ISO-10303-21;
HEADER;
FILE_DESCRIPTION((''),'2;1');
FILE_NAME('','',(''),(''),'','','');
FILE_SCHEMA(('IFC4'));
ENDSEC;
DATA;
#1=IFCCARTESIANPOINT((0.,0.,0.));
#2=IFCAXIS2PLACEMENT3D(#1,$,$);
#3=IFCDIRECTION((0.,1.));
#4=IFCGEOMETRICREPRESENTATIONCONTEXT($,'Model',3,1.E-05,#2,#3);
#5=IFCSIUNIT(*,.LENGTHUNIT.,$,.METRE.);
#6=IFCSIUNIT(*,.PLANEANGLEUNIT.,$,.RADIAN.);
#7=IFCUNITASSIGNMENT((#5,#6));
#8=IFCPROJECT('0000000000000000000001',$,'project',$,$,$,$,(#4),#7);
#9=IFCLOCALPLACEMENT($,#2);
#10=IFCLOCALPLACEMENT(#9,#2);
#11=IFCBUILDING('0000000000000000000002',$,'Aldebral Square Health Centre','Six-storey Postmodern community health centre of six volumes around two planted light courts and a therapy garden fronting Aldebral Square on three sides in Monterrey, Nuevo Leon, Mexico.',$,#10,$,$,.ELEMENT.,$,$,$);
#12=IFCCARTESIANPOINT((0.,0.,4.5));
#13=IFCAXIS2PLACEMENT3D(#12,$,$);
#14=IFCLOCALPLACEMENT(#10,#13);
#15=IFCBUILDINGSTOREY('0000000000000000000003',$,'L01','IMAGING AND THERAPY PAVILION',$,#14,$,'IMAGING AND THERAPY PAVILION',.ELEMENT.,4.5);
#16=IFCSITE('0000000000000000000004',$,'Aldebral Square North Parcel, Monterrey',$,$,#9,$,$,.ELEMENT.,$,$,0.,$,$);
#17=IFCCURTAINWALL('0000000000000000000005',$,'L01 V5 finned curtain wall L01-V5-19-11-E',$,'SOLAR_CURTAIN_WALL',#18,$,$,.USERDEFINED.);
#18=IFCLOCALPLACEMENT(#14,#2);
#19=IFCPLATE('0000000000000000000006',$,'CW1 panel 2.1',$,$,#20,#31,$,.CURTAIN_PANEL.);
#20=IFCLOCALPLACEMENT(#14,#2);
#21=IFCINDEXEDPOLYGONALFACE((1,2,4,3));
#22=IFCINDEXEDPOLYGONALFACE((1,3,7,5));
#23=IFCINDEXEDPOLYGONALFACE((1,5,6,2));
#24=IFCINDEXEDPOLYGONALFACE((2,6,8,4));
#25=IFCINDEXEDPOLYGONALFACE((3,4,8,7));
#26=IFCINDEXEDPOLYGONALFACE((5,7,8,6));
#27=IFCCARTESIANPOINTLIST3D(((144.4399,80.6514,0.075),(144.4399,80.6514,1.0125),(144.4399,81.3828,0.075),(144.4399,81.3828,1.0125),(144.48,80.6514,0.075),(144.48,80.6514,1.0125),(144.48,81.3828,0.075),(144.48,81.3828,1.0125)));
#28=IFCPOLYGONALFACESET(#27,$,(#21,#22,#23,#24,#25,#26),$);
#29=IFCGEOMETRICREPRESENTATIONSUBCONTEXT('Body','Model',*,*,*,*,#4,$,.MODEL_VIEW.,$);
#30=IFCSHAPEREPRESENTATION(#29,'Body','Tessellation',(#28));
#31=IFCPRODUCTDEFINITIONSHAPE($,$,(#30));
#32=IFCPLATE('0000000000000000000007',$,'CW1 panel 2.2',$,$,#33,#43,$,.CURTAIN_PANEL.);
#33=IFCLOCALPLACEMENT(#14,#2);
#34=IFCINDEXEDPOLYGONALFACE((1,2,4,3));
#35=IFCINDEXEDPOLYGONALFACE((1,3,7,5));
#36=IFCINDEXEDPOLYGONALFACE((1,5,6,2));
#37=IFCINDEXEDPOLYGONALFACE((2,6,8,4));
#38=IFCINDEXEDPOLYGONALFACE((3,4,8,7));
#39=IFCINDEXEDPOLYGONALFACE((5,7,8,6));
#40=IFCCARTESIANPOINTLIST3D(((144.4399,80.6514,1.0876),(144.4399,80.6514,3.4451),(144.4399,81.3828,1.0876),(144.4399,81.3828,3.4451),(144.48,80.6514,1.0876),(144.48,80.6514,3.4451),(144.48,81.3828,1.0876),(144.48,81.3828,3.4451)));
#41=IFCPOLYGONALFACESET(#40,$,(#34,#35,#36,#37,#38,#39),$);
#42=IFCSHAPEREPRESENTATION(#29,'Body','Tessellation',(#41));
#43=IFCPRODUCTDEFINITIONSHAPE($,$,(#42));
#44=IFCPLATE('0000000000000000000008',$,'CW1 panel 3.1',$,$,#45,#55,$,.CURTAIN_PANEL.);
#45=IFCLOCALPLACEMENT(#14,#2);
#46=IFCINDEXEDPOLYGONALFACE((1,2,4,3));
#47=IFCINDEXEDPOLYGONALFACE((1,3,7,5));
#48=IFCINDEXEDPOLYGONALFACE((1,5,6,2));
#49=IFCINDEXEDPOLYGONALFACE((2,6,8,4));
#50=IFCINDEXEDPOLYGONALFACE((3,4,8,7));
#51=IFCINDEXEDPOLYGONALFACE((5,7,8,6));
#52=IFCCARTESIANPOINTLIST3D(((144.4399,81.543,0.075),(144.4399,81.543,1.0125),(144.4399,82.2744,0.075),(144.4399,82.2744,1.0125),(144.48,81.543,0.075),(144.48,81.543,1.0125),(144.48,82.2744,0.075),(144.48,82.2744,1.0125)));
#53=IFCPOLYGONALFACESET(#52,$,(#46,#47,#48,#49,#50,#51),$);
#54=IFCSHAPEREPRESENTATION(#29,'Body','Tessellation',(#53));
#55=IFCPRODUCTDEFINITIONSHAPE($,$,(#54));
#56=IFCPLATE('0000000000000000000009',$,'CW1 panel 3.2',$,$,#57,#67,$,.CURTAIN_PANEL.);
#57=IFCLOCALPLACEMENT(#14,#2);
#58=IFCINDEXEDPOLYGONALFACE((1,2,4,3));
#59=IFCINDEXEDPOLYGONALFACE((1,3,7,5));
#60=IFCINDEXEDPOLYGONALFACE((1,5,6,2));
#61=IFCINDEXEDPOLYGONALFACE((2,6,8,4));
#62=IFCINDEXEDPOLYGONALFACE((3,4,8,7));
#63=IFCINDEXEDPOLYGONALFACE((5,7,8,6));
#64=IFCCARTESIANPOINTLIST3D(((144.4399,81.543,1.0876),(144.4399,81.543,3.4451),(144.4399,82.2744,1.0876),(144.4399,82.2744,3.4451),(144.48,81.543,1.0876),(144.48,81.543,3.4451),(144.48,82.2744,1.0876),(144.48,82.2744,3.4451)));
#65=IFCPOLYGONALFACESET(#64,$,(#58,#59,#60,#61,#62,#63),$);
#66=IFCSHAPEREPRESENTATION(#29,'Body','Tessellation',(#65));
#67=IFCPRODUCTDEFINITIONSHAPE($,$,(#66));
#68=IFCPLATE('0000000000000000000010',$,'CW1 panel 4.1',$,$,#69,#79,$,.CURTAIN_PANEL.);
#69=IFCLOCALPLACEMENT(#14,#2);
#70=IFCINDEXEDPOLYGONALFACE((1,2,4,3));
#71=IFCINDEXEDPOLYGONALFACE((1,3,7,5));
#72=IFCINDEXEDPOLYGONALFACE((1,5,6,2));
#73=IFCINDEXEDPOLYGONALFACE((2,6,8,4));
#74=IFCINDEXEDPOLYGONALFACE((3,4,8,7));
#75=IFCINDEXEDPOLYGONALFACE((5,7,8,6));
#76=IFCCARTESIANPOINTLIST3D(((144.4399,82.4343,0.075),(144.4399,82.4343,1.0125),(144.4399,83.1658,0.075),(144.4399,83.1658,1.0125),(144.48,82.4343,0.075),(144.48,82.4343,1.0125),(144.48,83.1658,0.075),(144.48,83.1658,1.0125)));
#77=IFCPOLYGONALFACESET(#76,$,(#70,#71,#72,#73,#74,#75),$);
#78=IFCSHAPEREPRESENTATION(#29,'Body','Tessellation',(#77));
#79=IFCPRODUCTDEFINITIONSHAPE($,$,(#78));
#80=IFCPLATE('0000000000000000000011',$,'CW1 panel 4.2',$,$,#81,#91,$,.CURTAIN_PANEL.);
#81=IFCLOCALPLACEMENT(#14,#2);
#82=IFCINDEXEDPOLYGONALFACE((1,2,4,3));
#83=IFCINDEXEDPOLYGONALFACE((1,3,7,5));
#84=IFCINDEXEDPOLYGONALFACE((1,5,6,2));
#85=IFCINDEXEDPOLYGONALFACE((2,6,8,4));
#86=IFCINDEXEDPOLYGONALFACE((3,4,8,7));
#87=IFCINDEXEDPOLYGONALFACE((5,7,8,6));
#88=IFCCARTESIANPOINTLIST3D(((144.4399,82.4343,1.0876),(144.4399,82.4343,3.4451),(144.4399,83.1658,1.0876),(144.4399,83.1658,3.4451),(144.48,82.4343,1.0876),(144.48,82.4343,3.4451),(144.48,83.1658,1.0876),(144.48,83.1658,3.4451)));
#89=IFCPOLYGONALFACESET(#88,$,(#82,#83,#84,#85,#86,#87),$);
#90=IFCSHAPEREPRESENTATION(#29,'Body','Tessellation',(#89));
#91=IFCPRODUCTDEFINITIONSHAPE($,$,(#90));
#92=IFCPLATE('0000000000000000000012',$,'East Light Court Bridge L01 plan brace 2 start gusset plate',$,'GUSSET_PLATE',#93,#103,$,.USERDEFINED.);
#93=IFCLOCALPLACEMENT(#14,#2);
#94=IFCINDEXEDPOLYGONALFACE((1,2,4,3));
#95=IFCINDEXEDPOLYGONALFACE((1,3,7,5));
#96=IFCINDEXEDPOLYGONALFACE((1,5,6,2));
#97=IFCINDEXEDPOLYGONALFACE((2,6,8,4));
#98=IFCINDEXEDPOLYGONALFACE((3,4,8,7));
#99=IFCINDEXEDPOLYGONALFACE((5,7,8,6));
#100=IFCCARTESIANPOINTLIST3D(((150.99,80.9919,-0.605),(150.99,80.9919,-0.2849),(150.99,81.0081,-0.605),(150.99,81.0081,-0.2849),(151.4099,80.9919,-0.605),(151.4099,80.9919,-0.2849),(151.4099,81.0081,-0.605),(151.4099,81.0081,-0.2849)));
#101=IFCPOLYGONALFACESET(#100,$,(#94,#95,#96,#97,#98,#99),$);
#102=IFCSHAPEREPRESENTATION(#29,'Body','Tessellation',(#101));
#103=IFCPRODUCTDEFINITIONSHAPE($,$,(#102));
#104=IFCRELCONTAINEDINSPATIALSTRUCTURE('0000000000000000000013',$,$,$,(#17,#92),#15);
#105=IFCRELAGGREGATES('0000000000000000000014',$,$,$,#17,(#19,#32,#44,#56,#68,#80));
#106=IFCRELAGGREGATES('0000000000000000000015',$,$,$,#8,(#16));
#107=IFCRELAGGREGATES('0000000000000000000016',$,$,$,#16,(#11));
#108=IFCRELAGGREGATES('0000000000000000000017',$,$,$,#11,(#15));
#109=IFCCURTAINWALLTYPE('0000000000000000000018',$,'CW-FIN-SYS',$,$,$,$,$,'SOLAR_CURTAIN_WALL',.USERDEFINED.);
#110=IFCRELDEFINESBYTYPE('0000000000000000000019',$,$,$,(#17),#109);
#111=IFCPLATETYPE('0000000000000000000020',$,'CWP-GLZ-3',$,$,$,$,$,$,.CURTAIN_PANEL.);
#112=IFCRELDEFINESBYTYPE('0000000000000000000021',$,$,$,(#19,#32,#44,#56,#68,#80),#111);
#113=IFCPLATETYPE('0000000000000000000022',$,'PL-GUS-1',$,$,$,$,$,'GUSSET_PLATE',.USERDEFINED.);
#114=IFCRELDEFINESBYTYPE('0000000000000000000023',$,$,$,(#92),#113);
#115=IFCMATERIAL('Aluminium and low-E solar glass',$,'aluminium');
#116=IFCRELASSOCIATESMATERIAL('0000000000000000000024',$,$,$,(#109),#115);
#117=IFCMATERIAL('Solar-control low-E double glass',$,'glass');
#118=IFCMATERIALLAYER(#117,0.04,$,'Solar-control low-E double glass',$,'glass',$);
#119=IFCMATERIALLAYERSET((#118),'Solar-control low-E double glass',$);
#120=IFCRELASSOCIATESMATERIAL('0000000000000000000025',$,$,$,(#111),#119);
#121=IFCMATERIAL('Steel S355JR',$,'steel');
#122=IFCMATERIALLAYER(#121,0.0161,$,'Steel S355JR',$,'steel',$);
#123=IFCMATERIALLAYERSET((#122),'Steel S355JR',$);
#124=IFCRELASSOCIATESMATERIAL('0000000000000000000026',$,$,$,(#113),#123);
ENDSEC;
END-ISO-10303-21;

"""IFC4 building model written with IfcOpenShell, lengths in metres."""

from ifc_helpers import new_model, si_unit, direction, frame, origin, origin_2d, place, context, subcontext, project, spatial, rectangle, extrude, material, layer, layer_set, type_object, element, aggregate, save


model = new_model("IFC4")

# Units and contexts
model_context = context("Model", 3, precision=1e-05, world=origin(), true_north=direction((0.0, 1.0)))
body_context = subcontext(model_context, "Body", "Model", "MODEL_VIEW")
ifc_project = project(units=[si_unit("LENGTHUNIT", "METRE"), si_unit("PLANEANGLEUNIT", "RADIAN")], contexts=[model_context])

# Site, building, storey
site_placement = place(None, origin())
site = spatial("IfcSite", under=ifc_project, at=site_placement, Name="Aldebral Square North Parcel, Monterrey", CompositionType="ELEMENT", RefElevation=0.0)
building_placement = place(site_placement, origin())
building = spatial("IfcBuilding", under=site, at=building_placement, Name="Aldebral Square Health Centre", Description="Six-storey Postmodern community health centre of six volumes around two planted light courts and a therapy garden fronting Aldebral Square on three sides in Monterrey, Nuevo Leon, Mexico.", CompositionType="ELEMENT")
storey_placement = place(building_placement, frame((0.0, 0.0, 4.5)))
storey = spatial("IfcBuildingStorey", under=building, at=storey_placement, Name="L01", Description="IMAGING AND THERAPY PAVILION", LongName="IMAGING AND THERAPY PAVILION", CompositionType="ELEMENT", Elevation=4.5)

# Shared definitions
ifc_material_1 = material(Name="Steel S355JR", Category="steel")

# Curtain wall
ifc_material_2 = material(Name="Aluminium and low-E solar glass", Category="aluminium")
curtain_wall_type = type_object("IfcCurtainWallType", Name="CW-FIN-SYS", ElementType="SOLAR_CURTAIN_WALL", PredefinedType="USERDEFINED", material=ifc_material_2)
curtain_wall_placement = place(storey_placement, origin())
curtain_wall = element("IfcCurtainWall", 1, at=curtain_wall_placement, inside=storey, type_object=curtain_wall_type, Name="L01 V5 finned curtain wall L01-V5-19-11-E", ObjectType="SOLAR_CURTAIN_WALL", PredefinedType="USERDEFINED")

# Plates
ifc_material_3 = material(Name="Solar-control low-E double glass", Category="glass")
ifc_layer_1 = layer(ifc_material_3, 0.04, Name="Solar-control low-E double glass", Category="glass")
ifc_layer_set_1 = layer_set([ifc_layer_1], Name="Solar-control low-E double glass")
plate_type_1 = type_object("IfcPlateType", Name="CWP-GLZ-3", PredefinedType="CURTAIN_PANEL", material=ifc_layer_set_1)
plate_1_placement = place(storey_placement, frame((144.46, 81.0171, 0.075), z_axis=(0.0, 0.0, 1.0), x_axis=(0.0, 1.0, 0.0)))
plate_1 = element("IfcPlate", 2, at=plate_1_placement, type_object=plate_type_1, Name="CW1 panel 2.1", PredefinedType="CURTAIN_PANEL", context=body_context, shape_type="SweptSolid", body=[
    extrude(rectangle(XDim=0.7314, YDim=0.04, at=origin_2d()), origin(), (0.0, 0.0, 1.0), 0.9375),
])
plate_2_placement = place(storey_placement, frame((144.46, 81.0171, 1.0876), z_axis=(0.0, 0.0, 1.0), x_axis=(0.0, 1.0, 0.0)))
plate_2 = element("IfcPlate", 3, at=plate_2_placement, type_object=plate_type_1, Name="CW1 panel 2.2", PredefinedType="CURTAIN_PANEL", context=body_context, shape_type="SweptSolid", body=[
    extrude(rectangle(XDim=0.7314, YDim=0.04, at=origin_2d()), origin(), (0.0, 0.0, 1.0), 2.3574),
])
plate_3_placement = place(storey_placement, frame((144.46, 81.9087, 0.075), z_axis=(0.0, 0.0, 1.0), x_axis=(0.0, 1.0, 0.0)))
plate_3 = element("IfcPlate", 4, at=plate_3_placement, type_object=plate_type_1, Name="CW1 panel 3.1", PredefinedType="CURTAIN_PANEL", context=body_context, shape_type="SweptSolid", body=[
    extrude(rectangle(XDim=0.7314, YDim=0.04, at=origin_2d()), origin(), (0.0, 0.0, 1.0), 0.9375),
])
plate_4_placement = place(storey_placement, frame((144.46, 81.9087, 1.0876), z_axis=(0.0, 0.0, 1.0), x_axis=(0.0, 1.0, 0.0)))
plate_4 = element("IfcPlate", 5, at=plate_4_placement, type_object=plate_type_1, Name="CW1 panel 3.2", PredefinedType="CURTAIN_PANEL", context=body_context, shape_type="SweptSolid", body=[
    extrude(rectangle(XDim=0.7314, YDim=0.04, at=origin_2d()), origin(), (0.0, 0.0, 1.0), 2.3574),
])
plate_5_placement = place(storey_placement, frame((144.46, 82.8, 0.075), z_axis=(0.0, 0.0, 1.0), x_axis=(0.0, 1.0, 0.0)))
plate_5 = element("IfcPlate", 6, at=plate_5_placement, type_object=plate_type_1, Name="CW1 panel 4.1", PredefinedType="CURTAIN_PANEL", context=body_context, shape_type="SweptSolid", body=[
    extrude(rectangle(XDim=0.7314, YDim=0.04, at=origin_2d()), origin(), (0.0, 0.0, 1.0), 0.9375),
])
plate_6_placement = place(storey_placement, frame((144.46, 82.8, 1.0876), z_axis=(0.0, 0.0, 1.0), x_axis=(0.0, 1.0, 0.0)))
plate_6 = element("IfcPlate", 7, at=plate_6_placement, type_object=plate_type_1, Name="CW1 panel 4.2", PredefinedType="CURTAIN_PANEL", context=body_context, shape_type="SweptSolid", body=[
    extrude(rectangle(XDim=0.7314, YDim=0.04, at=origin_2d()), origin(), (0.0, 0.0, 1.0), 2.3574),
])
aggregate(curtain_wall, [plate_1, plate_2, plate_3, plate_4, plate_5, plate_6])
ifc_layer_2 = layer(ifc_material_1, 0.0161, Name="Steel S355JR", Category="steel")
ifc_layer_set_2 = layer_set([ifc_layer_2], Name="Steel S355JR")
plate_type_2 = type_object("IfcPlateType", Name="PL-GUS-1", ElementType="GUSSET_PLATE", PredefinedType="USERDEFINED", material=ifc_layer_set_2)
plate_7_placement = place(storey_placement, frame((151.2, 81.0, -0.605), z_axis=(0.0, 0.0, 1.0), x_axis=(1.0, 0.0, 0.0)))
element("IfcPlate", 8, at=plate_7_placement, inside=storey, type_object=plate_type_2, Name="East Light Court Bridge L01 plan brace 2 start gusset plate", ObjectType="GUSSET_PLATE", PredefinedType="USERDEFINED", context=body_context, shape_type="SweptSolid", body=[
    extrude(rectangle(XDim=0.4199, YDim=0.0161, at=origin_2d()), origin(), (0.0, 0.0, 1.0), 0.3201),
])

save(model, "model.ifc")
